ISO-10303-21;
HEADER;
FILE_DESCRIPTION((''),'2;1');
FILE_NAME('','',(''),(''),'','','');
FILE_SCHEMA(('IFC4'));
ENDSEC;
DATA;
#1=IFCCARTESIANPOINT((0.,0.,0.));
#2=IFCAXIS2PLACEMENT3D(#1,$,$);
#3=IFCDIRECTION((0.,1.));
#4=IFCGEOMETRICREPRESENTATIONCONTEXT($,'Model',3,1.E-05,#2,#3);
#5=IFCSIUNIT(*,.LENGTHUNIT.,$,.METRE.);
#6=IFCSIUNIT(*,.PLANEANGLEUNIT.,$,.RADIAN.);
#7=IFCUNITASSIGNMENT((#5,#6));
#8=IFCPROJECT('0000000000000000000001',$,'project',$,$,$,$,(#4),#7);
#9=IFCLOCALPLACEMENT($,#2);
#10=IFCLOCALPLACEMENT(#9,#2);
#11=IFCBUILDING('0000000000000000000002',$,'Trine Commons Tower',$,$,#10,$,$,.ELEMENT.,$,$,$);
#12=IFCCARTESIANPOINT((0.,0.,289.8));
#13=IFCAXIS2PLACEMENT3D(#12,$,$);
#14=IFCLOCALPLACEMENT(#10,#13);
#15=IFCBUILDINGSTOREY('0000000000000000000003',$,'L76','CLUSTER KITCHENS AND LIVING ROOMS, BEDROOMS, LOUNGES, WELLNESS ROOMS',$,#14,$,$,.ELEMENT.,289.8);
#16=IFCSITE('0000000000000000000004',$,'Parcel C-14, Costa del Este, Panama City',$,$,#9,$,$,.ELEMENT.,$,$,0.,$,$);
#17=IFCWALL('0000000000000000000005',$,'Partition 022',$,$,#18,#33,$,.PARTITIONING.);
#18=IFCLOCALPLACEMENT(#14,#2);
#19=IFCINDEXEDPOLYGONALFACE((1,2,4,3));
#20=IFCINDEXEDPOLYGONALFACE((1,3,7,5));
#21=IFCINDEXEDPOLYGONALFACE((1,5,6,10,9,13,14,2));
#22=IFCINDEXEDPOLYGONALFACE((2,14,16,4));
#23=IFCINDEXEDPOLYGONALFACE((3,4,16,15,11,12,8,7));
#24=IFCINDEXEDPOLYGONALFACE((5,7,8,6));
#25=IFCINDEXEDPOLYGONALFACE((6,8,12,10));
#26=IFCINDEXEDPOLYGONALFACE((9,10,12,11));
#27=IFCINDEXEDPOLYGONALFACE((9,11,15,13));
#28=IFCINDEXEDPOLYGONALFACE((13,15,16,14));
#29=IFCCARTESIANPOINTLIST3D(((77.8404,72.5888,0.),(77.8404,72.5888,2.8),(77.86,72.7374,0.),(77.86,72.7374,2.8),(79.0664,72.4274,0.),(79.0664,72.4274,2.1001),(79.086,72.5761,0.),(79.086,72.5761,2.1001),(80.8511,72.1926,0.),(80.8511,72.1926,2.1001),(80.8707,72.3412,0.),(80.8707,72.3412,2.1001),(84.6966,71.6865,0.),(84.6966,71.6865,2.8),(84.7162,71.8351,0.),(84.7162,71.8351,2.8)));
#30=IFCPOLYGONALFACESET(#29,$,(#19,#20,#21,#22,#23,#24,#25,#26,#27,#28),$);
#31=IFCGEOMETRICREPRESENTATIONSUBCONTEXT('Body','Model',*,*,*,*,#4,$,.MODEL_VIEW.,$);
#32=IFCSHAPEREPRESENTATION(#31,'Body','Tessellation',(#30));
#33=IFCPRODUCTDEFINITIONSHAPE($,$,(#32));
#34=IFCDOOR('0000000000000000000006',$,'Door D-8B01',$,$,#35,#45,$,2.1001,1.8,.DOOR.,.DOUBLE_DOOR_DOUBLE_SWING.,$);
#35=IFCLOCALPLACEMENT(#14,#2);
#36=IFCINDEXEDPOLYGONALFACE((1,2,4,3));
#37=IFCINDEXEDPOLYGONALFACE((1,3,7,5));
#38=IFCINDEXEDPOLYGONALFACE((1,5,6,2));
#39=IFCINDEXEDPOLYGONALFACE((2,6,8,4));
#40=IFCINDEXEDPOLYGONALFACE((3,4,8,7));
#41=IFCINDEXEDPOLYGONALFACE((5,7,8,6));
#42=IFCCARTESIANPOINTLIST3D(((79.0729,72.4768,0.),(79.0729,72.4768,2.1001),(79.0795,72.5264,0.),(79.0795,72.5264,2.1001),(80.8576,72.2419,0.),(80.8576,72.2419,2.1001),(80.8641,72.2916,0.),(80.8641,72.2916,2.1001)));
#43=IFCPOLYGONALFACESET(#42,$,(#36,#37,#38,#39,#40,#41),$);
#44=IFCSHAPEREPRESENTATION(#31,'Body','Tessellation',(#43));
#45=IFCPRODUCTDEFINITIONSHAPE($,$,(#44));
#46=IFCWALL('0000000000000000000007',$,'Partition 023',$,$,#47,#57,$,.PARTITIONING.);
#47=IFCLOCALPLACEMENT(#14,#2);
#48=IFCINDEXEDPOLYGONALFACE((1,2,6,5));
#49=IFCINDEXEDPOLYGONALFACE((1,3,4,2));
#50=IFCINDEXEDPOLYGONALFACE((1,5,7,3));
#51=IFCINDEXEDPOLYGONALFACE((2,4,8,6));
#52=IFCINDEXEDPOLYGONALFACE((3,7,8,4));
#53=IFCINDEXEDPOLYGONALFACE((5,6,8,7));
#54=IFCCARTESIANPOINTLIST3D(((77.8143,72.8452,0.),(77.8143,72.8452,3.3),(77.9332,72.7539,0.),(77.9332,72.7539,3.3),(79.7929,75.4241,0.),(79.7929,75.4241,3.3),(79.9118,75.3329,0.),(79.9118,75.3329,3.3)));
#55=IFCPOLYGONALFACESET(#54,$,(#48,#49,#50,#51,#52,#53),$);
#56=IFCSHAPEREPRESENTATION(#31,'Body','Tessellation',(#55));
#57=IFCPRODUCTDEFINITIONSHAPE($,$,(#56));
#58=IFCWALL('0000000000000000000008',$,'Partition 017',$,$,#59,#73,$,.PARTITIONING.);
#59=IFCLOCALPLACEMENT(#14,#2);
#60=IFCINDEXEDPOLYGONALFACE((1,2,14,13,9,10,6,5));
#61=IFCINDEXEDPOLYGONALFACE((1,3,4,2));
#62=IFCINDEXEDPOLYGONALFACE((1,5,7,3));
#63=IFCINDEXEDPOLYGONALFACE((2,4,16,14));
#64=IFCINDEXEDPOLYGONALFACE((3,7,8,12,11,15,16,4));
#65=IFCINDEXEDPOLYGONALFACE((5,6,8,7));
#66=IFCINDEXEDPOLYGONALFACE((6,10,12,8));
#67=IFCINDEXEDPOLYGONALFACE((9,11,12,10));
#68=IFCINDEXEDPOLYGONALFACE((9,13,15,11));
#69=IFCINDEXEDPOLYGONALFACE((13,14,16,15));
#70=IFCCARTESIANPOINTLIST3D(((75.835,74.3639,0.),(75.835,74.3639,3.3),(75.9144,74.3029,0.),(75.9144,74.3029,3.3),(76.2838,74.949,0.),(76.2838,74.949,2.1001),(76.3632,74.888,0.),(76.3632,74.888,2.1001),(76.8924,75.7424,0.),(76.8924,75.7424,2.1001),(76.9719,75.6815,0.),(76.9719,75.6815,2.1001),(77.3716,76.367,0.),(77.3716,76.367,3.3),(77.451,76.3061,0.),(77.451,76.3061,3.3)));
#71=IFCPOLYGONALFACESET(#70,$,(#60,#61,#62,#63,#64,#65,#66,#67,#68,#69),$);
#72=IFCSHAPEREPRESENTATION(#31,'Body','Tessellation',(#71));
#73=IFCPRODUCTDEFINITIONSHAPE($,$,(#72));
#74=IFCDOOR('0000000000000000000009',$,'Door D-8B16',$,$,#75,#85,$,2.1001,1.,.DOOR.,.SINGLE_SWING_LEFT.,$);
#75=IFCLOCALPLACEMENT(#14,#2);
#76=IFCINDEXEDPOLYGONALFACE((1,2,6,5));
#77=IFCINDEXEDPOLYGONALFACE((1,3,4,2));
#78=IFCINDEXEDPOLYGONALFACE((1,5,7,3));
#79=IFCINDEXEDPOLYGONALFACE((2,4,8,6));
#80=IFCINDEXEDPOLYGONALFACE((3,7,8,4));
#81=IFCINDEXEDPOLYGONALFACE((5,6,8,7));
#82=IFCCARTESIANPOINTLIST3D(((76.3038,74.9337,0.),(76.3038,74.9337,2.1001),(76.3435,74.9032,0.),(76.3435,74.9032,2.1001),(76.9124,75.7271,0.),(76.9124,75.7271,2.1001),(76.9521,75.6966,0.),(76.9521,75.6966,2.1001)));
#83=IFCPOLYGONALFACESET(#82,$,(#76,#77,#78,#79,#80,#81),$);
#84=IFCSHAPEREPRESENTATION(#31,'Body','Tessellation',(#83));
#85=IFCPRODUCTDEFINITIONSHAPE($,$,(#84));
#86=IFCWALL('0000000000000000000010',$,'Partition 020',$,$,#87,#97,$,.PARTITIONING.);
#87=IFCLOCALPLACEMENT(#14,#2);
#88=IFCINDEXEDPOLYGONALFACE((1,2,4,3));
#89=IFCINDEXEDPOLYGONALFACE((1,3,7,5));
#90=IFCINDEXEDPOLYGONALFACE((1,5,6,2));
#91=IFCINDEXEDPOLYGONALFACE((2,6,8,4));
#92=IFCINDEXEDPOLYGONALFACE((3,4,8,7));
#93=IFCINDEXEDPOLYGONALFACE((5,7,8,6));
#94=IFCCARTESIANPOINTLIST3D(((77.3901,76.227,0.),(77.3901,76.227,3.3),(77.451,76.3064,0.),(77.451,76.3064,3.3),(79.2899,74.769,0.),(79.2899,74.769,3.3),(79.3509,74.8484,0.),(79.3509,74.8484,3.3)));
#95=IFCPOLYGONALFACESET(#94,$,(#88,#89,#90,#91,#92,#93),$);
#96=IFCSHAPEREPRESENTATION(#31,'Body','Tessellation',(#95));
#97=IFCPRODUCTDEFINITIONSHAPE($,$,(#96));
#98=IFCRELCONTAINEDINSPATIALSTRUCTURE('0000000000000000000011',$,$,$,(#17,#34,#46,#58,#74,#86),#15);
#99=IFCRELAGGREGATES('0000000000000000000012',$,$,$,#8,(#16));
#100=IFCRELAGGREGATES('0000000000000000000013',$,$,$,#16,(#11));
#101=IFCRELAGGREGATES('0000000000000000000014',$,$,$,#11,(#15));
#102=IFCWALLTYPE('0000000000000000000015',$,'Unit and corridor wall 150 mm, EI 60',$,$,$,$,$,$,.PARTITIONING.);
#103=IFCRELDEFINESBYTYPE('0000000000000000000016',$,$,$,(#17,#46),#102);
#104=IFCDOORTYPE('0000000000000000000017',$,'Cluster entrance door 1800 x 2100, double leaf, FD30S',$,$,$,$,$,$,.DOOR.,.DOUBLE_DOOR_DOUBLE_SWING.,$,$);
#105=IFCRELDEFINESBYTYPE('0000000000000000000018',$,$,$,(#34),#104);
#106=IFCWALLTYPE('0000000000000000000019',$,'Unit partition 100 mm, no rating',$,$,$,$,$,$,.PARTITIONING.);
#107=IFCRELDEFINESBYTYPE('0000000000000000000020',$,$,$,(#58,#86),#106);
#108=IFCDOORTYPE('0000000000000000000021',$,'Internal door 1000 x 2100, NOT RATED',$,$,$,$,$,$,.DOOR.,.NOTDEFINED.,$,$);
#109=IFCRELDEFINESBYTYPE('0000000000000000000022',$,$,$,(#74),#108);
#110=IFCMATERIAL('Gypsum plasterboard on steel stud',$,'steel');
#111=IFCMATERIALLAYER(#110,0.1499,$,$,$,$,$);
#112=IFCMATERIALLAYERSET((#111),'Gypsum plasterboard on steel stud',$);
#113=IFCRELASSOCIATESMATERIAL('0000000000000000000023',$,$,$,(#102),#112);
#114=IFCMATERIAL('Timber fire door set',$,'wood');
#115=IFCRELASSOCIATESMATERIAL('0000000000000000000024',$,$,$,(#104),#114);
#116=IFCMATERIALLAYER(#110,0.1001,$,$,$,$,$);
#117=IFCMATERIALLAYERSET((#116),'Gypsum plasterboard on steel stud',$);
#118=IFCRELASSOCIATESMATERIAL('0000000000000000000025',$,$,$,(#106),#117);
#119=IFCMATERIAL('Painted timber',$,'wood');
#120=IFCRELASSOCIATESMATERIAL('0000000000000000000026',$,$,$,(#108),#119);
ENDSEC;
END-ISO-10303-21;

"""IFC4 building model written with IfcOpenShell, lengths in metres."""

from ifc_helpers import new_model, si_unit, direction, frame, frame_2d, origin, place, context, subcontext, project, spatial, rectangle, extrude, material, layer, layer_set, type_object, element, fill, save


model = new_model("IFC4")

# Units and contexts
model_context = context("Model", 3, precision=1e-05, world=origin(), true_north=direction((0.0, 1.0)))
body_context = subcontext(model_context, "Body", "Model", "MODEL_VIEW")
ifc_project = project(units=[si_unit("LENGTHUNIT", "METRE"), si_unit("PLANEANGLEUNIT", "RADIAN")], contexts=[model_context])

# Site, building, storey
site_placement = place(None, origin())
site = spatial("IfcSite", under=ifc_project, at=site_placement, Name="Parcel C-14, Costa del Este, Panama City", CompositionType="ELEMENT", RefElevation=0.0)
building_placement = place(site_placement, origin())
building = spatial("IfcBuilding", under=site, at=building_placement, Name="Trine Commons Tower", CompositionType="ELEMENT")
storey_placement = place(building_placement, frame((0.0, 0.0, 289.8)))
storey = spatial("IfcBuildingStorey", under=building, at=storey_placement, Name="L76", Description="CLUSTER KITCHENS AND LIVING ROOMS, BEDROOMS, LOUNGES, WELLNESS ROOMS", CompositionType="ELEMENT", Elevation=289.8)

# Shared definitions
ifc_material_1 = material(Name="Gypsum plasterboard on steel stud", Category="steel")
ifc_layer_1 = layer(ifc_material_1, 0.1499)
ifc_layer_set_1 = layer_set([ifc_layer_1], Name="Gypsum plasterboard on steel stud")
wall_type_1 = type_object("IfcWallType", Name="Unit and corridor wall 150 mm, EI 60", PredefinedType="PARTITIONING", material=ifc_layer_set_1)

# Shared definitions
ifc_material_2 = material(Name="Timber fire door set", Category="wood")

# Wall, opening, door
wall_1_placement = place(storey_placement, frame((77.8503, 72.6631, 0.0), z_axis=(0.0, 0.0, 1.0), x_axis=(0.99145, -0.130485, 0.0)))
wall_1 = element("IfcWall", 1, at=wall_1_placement, inside=storey, type_object=wall_type_1, Name="Partition 022", PredefinedType="PARTITIONING", context=body_context, shape_type="SweptSolid", body=[
    extrude(rectangle(XDim=6.9153, YDim=0.1499, at=frame_2d((3.4575, 0.0))), origin(), (0.0, 0.0, 1.0), 2.8),
])
opening_1_placement = place(wall_1_placement, frame((1.2366, 0.0, 0.0)))
opening_1 = element("IfcOpeningElement", 2, at=opening_1_placement, cuts=wall_1, PredefinedType="OPENING", context=body_context, shape_type="SweptSolid", body=[
    extrude(rectangle(XDim=1.8, YDim=2.1001, at=frame_2d((0.8999, 1.05))), frame((0.0, 0.085, 0.0), z_axis=(0.0, -1.0, 0.0), x_axis=(1.0, 0.0, 0.0)), (0.0, 0.0, 1.0), 0.1699),
])
door_type_1 = type_object("IfcDoorType", Name="Cluster entrance door 1800 x 2100, double leaf, FD30S", OperationType="DOUBLE_DOOR_DOUBLE_SWING", PredefinedType="DOOR", material=ifc_material_2)
door_1_placement = place(opening_1_placement, origin())
door_1 = element("IfcDoor", 3, at=door_1_placement, inside=storey, type_object=door_type_1, Name="Door D-8B01", OperationType="DOUBLE_DOOR_DOUBLE_SWING", OverallHeight=2.1001, OverallWidth=1.8, PredefinedType="DOOR", context=body_context, shape_type="SweptSolid", body=[
    extrude(rectangle(XDim=1.8, YDim=2.1001, at=frame_2d((0.8999, 1.05))), frame((0.0, 0.0249, 0.0), z_axis=(0.0, -1.0, 0.0), x_axis=(1.0, 0.0, 0.0)), (0.0, 0.0, 1.0), 0.05),
])
fill(opening_1, door_1)

# Wall
wall_2_placement = place(storey_placement, frame((77.8738, 72.7996, 0.0), z_axis=(0.0, 0.0, 1.0), x_axis=(0.608701, 0.7934, 0.0)))
element("IfcWall", 4, at=wall_2_placement, inside=storey, type_object=wall_type_1, Name="Partition 023", PredefinedType="PARTITIONING", context=body_context, shape_type="SweptSolid", body=[
    extrude(rectangle(XDim=3.2505, YDim=0.1499, at=frame_2d((1.6252, 0.0))), origin(), (0.0, 0.0, 1.0), 3.3),
])

# Wall, opening, door
ifc_layer_2 = layer(ifc_material_1, 0.1001)
ifc_layer_set_2 = layer_set([ifc_layer_2], Name="Gypsum plasterboard on steel stud")
wall_type_2 = type_object("IfcWallType", Name="Unit partition 100 mm, no rating", PredefinedType="PARTITIONING", material=ifc_layer_set_2)
wall_3_placement = place(storey_placement, frame((75.8748, 74.3335, 0.0), z_axis=(0.0, 0.0, 1.0), x_axis=(0.608645, 0.793443, 0.0)))
wall_3 = element("IfcWall", 5, at=wall_3_placement, inside=storey, type_object=wall_type_2, Name="Partition 017", PredefinedType="PARTITIONING", context=body_context, shape_type="SweptSolid", body=[
    extrude(rectangle(XDim=2.5247, YDim=0.1001, at=frame_2d((1.2622, 0.0))), origin(), (0.0, 0.0, 1.0), 3.3),
])
opening_2_placement = place(wall_3_placement, frame((0.7373, 0.0, 0.0)))
opening_2 = element("IfcOpeningElement", 6, at=opening_2_placement, cuts=wall_3, PredefinedType="OPENING", context=body_context, shape_type="SweptSolid", body=[
    extrude(rectangle(XDim=1.0, YDim=2.1001, at=frame_2d((0.5, 1.05))), frame((0.0, 0.0601, 0.0), z_axis=(0.0, -1.0, 0.0), x_axis=(1.0, 0.0, 0.0)), (0.0, 0.0, 1.0), 0.1201),
])
ifc_material_3 = material(Name="Painted timber", Category="wood")
door_type_2 = type_object("IfcDoorType", Name="Internal door 1000 x 2100, NOT RATED", OperationType="NOTDEFINED", PredefinedType="DOOR", material=ifc_material_3)
door_2_placement = place(opening_2_placement, origin())
door_2 = element("IfcDoor", 7, at=door_2_placement, inside=storey, type_object=door_type_2, Name="Door D-8B16", OperationType="SINGLE_SWING_LEFT", OverallHeight=2.1001, OverallWidth=1.0, PredefinedType="DOOR", context=body_context, shape_type="SweptSolid", body=[
    extrude(rectangle(XDim=1.0, YDim=2.1001, at=frame_2d((0.5, 1.05))), frame((0.0, 0.0249, 0.0), z_axis=(0.0, -1.0, 0.0), x_axis=(1.0, 0.0, 0.0)), (0.0, 0.0, 1.0), 0.05),
])
fill(opening_2, door_2)

# Wall
wall_4_placement = place(storey_placement, frame((77.4207, 76.2666, 0.0), z_axis=(0.0, 0.0, 1.0), x_axis=(0.793321, -0.608804, 0.0)))
element("IfcWall", 8, at=wall_4_placement, inside=storey, type_object=wall_type_2, Name="Partition 020", PredefinedType="PARTITIONING", context=body_context, shape_type="SweptSolid", body=[
    extrude(rectangle(XDim=2.3948, YDim=0.1001, at=frame_2d((1.1973, 0.0))), origin(), (0.0, 0.0, 1.0), 3.3),
])

save(model, "model.ifc")
